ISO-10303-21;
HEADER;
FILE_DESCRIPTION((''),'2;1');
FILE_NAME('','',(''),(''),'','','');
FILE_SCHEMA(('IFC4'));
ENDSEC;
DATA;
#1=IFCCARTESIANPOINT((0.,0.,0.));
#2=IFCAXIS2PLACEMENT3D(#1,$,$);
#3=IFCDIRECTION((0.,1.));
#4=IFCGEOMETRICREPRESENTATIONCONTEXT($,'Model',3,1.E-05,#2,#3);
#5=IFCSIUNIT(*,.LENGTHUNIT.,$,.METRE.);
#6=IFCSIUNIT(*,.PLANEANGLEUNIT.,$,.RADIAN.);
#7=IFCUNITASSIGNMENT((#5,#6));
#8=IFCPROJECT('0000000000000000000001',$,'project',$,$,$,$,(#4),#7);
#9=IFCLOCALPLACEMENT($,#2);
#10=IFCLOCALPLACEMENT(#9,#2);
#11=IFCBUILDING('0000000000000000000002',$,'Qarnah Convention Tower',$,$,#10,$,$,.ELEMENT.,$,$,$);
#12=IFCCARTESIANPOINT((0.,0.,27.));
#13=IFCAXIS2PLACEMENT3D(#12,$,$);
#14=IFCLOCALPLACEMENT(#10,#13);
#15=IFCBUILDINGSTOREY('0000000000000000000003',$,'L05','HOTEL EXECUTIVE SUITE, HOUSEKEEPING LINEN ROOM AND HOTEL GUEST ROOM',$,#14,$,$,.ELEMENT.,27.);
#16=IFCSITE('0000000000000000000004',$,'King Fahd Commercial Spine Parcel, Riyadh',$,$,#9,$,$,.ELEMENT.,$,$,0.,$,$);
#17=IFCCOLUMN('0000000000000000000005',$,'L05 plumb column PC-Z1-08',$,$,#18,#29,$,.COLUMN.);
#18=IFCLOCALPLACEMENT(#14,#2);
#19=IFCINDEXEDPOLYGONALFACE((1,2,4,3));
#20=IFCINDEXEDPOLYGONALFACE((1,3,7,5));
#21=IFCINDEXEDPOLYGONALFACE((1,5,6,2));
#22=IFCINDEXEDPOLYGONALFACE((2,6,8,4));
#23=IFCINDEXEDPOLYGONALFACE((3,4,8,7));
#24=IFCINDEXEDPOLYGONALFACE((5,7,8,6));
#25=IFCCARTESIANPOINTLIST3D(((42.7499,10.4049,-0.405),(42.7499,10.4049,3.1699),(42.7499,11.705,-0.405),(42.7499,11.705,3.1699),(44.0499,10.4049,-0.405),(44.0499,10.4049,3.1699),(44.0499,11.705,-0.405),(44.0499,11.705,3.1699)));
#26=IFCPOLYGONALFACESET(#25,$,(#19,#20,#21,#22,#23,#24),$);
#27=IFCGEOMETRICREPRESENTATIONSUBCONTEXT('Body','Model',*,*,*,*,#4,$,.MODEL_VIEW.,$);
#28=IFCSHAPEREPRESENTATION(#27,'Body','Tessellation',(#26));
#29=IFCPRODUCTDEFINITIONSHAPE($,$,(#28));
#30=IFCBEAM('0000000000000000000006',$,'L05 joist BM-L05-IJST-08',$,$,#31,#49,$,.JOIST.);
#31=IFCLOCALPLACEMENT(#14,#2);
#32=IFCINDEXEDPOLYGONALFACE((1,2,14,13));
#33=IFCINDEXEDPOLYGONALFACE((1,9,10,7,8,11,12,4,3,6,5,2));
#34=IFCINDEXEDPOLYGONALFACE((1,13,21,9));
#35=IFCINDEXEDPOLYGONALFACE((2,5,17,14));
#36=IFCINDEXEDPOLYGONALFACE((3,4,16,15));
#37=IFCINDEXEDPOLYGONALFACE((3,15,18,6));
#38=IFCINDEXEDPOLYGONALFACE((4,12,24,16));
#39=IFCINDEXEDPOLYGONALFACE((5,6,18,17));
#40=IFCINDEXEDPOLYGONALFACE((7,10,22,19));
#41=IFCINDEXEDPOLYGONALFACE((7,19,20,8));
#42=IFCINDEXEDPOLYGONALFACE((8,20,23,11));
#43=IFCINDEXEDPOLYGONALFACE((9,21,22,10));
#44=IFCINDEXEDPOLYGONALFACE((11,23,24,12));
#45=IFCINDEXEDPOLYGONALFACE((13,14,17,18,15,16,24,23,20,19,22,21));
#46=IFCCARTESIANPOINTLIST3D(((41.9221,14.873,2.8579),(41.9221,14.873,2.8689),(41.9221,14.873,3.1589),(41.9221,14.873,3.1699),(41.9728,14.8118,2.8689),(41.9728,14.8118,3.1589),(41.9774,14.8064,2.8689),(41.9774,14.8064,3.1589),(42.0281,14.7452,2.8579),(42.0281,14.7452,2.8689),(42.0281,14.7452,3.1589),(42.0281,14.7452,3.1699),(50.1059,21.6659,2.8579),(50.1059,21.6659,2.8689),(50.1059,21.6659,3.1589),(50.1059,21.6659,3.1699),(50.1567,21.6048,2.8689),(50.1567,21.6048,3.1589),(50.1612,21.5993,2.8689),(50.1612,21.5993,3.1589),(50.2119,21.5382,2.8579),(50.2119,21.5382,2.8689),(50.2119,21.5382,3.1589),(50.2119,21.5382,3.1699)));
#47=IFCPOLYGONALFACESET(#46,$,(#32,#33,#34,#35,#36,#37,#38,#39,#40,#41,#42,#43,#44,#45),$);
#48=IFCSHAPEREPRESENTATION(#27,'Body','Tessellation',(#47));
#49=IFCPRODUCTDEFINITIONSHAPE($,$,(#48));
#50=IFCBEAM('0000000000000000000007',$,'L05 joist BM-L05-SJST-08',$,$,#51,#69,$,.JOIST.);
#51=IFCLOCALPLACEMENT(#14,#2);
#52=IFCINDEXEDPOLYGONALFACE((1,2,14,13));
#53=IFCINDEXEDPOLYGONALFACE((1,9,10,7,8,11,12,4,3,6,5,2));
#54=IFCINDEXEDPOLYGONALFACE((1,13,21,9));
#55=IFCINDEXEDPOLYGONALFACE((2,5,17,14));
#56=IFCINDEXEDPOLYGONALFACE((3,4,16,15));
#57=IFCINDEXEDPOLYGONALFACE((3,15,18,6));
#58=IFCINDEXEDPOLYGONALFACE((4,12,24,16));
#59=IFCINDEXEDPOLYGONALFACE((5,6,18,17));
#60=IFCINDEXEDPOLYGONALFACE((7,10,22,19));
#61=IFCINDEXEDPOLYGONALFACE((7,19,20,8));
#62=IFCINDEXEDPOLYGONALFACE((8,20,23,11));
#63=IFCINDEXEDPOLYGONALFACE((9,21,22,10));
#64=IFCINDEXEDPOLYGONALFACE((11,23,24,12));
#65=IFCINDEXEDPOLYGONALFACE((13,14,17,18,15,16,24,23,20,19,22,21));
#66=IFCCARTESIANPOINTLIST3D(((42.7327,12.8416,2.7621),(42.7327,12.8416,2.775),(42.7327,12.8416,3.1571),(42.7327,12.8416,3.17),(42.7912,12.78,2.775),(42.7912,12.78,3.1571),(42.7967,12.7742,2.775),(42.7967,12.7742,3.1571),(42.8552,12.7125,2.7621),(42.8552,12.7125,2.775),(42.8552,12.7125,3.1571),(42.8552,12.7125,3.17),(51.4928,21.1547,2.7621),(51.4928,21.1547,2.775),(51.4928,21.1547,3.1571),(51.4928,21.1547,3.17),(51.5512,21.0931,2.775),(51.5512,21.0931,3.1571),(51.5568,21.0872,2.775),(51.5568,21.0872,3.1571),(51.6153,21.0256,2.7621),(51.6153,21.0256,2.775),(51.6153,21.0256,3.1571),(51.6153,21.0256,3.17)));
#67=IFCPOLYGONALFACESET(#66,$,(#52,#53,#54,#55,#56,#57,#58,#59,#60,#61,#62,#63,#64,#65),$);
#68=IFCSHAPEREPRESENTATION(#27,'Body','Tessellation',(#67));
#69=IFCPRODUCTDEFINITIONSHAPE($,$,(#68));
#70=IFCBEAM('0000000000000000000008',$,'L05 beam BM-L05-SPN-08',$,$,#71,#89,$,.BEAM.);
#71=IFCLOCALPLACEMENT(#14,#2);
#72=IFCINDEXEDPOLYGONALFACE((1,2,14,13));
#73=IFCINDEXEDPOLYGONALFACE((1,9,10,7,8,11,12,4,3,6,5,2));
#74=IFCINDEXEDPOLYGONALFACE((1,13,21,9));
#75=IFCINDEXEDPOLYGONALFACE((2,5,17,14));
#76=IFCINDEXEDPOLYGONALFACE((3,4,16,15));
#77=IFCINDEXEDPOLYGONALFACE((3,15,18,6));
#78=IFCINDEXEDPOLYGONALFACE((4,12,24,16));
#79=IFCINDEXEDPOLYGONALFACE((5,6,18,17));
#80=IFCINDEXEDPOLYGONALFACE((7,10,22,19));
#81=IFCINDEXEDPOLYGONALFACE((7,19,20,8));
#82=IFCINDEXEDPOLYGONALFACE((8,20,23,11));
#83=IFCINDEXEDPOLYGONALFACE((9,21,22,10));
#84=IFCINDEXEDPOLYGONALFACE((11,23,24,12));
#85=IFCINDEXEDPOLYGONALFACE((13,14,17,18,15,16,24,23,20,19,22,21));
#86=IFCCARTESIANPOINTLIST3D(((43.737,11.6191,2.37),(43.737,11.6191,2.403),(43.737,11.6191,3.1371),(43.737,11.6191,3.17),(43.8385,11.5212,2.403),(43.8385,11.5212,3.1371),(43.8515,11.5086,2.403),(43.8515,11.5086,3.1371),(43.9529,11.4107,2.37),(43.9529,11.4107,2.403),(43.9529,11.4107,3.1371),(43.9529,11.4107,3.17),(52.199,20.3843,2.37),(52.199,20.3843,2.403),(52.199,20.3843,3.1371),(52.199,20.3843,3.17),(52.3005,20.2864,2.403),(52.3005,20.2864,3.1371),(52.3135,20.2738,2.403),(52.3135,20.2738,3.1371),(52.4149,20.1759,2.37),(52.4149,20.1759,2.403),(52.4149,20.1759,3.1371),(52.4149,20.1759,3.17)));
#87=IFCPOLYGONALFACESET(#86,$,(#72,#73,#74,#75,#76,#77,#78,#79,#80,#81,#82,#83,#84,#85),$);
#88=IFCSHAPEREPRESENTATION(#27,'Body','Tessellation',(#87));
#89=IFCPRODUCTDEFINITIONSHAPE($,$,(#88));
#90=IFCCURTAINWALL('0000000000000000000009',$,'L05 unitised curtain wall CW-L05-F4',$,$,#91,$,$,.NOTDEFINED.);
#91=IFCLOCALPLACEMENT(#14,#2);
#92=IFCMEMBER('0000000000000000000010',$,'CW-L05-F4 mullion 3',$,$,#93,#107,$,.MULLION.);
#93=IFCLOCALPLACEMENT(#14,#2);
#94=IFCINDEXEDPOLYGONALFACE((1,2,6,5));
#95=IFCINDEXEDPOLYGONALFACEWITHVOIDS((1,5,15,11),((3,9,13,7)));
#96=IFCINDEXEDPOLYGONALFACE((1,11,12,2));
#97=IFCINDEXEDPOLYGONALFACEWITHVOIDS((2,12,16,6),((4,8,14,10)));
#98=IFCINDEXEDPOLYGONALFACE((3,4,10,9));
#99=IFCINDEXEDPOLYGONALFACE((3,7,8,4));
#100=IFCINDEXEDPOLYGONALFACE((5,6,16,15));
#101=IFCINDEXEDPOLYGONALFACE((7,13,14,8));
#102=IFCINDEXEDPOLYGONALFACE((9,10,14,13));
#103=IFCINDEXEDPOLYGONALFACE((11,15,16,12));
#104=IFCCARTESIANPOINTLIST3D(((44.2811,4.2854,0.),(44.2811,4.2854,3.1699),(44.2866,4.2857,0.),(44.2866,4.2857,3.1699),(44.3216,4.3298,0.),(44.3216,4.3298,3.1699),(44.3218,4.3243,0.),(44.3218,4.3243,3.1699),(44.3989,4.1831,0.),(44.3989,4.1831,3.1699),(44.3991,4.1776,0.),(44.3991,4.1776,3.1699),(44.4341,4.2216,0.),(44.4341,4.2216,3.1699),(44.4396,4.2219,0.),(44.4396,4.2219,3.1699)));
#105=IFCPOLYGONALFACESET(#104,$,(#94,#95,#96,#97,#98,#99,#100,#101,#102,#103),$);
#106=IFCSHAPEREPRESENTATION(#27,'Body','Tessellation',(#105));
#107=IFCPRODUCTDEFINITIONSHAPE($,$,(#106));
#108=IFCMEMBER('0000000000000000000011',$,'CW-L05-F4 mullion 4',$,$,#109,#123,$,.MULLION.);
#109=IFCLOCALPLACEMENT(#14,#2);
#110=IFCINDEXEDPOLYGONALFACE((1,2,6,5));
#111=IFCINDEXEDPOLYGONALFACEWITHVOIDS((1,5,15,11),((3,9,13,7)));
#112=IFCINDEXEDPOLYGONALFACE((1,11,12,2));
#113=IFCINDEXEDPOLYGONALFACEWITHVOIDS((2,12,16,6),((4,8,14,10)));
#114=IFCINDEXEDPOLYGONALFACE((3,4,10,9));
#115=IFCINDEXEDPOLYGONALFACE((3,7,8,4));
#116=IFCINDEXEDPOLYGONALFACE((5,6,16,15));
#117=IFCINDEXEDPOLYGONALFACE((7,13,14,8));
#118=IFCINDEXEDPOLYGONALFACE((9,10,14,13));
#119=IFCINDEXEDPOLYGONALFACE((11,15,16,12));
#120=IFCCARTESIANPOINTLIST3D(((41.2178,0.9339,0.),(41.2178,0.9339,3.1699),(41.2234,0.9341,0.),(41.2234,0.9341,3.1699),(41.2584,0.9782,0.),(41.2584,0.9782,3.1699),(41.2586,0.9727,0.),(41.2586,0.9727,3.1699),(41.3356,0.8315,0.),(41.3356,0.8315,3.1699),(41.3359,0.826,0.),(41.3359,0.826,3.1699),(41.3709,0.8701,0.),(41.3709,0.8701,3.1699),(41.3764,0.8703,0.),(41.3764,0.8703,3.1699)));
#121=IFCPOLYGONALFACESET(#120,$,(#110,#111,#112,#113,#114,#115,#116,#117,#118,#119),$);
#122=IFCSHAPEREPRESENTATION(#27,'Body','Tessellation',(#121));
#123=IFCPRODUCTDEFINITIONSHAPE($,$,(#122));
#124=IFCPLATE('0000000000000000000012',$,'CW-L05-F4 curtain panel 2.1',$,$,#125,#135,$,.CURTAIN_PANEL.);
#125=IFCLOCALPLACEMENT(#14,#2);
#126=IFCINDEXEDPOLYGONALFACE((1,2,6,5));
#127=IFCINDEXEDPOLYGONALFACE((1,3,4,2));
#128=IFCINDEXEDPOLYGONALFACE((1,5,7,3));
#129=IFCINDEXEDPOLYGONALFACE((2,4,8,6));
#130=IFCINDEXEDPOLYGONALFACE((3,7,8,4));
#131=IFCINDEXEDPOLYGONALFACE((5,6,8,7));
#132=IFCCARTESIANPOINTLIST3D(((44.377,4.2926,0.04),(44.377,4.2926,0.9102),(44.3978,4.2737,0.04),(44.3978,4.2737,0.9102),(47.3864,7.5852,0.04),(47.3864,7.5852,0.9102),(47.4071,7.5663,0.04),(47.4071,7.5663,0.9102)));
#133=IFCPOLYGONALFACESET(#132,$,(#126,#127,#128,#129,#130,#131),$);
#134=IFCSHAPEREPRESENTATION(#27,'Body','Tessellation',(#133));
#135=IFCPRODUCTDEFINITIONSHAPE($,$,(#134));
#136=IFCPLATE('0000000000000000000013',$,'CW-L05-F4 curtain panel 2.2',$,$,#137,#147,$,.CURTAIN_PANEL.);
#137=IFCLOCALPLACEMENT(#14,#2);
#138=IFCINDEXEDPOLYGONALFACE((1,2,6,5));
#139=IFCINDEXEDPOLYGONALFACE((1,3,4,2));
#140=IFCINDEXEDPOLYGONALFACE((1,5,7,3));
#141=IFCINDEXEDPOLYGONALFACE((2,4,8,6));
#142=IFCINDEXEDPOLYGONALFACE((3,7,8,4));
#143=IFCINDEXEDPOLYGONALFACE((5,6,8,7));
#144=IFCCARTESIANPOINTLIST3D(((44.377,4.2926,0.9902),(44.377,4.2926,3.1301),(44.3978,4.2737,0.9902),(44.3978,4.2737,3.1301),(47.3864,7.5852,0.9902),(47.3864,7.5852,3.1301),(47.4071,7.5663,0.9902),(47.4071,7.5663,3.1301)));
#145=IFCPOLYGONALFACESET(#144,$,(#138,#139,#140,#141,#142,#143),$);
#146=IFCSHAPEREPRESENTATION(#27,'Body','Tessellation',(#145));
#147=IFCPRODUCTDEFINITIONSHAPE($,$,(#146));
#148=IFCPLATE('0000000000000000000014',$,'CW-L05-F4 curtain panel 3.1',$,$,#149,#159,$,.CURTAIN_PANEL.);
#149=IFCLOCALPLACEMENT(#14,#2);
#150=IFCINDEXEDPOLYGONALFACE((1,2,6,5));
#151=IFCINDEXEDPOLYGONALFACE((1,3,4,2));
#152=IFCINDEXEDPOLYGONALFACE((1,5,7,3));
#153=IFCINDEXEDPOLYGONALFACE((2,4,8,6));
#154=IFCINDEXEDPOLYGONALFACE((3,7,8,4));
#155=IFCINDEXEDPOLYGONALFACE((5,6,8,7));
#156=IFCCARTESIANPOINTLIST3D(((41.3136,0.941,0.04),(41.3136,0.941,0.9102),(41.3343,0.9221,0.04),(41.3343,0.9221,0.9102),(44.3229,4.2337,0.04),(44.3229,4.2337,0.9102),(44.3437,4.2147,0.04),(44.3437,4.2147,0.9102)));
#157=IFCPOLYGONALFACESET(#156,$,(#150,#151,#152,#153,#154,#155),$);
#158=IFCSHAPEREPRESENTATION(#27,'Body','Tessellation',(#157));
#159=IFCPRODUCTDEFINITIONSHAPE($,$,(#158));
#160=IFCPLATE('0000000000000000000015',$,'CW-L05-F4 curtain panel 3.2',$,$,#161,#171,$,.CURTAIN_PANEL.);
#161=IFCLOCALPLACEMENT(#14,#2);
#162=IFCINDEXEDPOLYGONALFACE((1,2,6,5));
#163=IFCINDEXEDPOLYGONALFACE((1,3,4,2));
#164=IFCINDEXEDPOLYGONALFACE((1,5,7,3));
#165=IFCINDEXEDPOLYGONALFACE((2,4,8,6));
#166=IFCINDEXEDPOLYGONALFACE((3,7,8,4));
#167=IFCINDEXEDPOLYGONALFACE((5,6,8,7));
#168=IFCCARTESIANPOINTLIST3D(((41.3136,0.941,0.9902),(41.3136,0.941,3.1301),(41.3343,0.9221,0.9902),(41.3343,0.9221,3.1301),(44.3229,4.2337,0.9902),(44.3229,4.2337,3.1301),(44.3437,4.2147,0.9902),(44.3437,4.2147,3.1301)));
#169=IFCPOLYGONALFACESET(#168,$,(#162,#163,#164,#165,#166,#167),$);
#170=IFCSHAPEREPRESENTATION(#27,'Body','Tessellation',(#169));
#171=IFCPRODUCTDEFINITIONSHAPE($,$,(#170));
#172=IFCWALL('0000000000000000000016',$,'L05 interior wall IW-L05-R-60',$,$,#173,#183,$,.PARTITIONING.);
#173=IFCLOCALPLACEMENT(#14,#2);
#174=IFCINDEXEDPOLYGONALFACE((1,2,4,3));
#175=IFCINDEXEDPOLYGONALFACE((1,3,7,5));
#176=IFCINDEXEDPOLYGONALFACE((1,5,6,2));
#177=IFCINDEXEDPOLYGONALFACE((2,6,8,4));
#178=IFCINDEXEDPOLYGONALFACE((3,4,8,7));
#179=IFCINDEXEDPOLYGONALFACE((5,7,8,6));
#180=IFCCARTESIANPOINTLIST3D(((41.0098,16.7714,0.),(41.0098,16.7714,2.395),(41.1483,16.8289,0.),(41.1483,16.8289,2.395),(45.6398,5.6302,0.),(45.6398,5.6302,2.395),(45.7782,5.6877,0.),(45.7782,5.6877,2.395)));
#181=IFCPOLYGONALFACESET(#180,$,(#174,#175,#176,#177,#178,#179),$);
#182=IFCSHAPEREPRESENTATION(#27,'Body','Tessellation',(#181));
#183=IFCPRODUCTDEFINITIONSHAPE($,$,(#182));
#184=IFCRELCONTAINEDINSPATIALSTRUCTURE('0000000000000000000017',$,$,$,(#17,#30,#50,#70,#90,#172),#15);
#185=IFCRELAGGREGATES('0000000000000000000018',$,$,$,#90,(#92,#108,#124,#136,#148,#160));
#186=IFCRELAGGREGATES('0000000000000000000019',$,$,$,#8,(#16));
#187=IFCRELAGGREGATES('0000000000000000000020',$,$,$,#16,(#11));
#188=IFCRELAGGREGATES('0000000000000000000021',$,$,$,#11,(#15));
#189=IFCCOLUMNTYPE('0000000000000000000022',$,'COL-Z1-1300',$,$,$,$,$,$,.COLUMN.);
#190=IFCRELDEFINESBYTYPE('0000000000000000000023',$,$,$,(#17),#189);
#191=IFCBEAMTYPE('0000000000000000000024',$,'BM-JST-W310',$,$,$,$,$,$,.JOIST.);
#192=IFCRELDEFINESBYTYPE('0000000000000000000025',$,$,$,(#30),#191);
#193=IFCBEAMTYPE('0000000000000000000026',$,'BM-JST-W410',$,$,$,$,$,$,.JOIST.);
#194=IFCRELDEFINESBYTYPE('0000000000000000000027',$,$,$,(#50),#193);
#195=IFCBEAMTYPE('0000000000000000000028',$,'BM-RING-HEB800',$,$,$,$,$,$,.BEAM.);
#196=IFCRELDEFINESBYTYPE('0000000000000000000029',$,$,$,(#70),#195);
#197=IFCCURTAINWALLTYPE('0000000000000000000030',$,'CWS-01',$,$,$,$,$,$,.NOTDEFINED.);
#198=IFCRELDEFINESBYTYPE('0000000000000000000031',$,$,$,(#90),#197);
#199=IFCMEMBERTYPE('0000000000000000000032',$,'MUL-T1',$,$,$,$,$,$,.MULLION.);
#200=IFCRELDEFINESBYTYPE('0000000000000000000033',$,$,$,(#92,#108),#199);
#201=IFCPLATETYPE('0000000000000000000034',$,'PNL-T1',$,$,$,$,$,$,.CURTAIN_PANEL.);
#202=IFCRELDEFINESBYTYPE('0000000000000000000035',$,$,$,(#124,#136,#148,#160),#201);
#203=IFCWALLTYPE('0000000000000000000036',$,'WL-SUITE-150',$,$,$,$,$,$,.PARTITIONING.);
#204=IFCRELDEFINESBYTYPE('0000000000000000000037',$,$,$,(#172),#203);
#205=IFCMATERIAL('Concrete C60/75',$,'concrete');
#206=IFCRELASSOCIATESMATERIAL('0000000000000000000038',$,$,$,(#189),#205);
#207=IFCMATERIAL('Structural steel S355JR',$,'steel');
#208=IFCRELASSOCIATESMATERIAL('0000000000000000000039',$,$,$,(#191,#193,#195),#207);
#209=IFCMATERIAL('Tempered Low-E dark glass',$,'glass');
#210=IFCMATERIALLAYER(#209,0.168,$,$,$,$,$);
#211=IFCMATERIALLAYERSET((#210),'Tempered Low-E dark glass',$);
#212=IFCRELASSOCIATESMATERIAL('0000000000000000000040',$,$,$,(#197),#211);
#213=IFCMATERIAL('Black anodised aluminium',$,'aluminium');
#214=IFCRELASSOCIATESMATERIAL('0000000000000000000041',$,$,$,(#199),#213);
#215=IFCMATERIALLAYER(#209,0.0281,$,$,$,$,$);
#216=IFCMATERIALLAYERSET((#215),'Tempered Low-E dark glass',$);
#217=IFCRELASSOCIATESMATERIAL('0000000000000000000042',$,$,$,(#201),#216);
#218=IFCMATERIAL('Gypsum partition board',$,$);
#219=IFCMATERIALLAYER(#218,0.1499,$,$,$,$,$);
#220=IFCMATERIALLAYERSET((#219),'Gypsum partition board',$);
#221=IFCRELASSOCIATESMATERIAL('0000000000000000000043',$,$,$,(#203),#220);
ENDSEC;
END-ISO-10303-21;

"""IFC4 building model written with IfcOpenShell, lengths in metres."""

from ifc_helpers import new_model, si_unit, direction, frame, frame_2d, origin, origin_2d, place, context, subcontext, project, spatial, rectangle, hollow_rectangle, i_section, extrude, material, layer, layer_set, material_profile, profile_set, type_object, element, aggregate, save


model = new_model("IFC4")

# Units and contexts
model_context = context("Model", 3, precision=1e-05, world=origin(), true_north=direction((0.0, 1.0)))
body_context = subcontext(model_context, "Body", "Model", "MODEL_VIEW")
ifc_project = project(units=[si_unit("LENGTHUNIT", "METRE"), si_unit("PLANEANGLEUNIT", "RADIAN")], contexts=[model_context])

# Site, building, storey
site_placement = place(None, origin())
site = spatial("IfcSite", under=ifc_project, at=site_placement, Name="King Fahd Commercial Spine Parcel, Riyadh", CompositionType="ELEMENT", RefElevation=0.0)
building_placement = place(site_placement, origin())
building = spatial("IfcBuilding", under=site, at=building_placement, Name="Qarnah Convention Tower", CompositionType="ELEMENT")
storey_placement = place(building_placement, frame((0.0, 0.0, 27.0)))
storey = spatial("IfcBuildingStorey", under=building, at=storey_placement, Name="L05", Description="HOTEL EXECUTIVE SUITE, HOUSEKEEPING LINEN ROOM AND HOTEL GUEST ROOM", CompositionType="ELEMENT", Elevation=27.0)

# Column
ifc_material_1 = material(Name="Concrete C60/75", Category="concrete")
ifc_material_profile_1 = material_profile(ifc_material_1, rectangle(XDim=1.3, YDim=1.3, at=origin_2d()), Name="RC-COL-1300X1300")
ifc_profile_set_1 = profile_set([ifc_material_profile_1], Name="Concrete C60/75")
column_type = type_object("IfcColumnType", Name="COL-Z1-1300", PredefinedType="COLUMN", material=ifc_profile_set_1)
column_placement = place(storey_placement, frame((43.3999, 11.0549, -0.405), z_axis=(0.0, 0.0, 1.0), x_axis=(1.0, 0.0, 0.0)))
element("IfcColumn", 1, at=column_placement, inside=storey, type_object=column_type, Name="L05 plumb column PC-Z1-08", PredefinedType="COLUMN", context=body_context, shape_type="SweptSolid", body=[
    extrude(rectangle(XDim=1.3, YDim=1.3, at=origin_2d()), origin(), (0.0, 0.0, 1.0), 3.575),
])

# Beams
ifc_material_2 = material(Name="Structural steel S355JR", Category="steel")
ifc_material_profile_2 = material_profile(ifc_material_2, i_section(OverallWidth=0.166, OverallDepth=0.312, WebThickness=0.0071, FlangeThickness=0.011, at=origin_2d()), Name="W310X45")
ifc_profile_set_2 = profile_set([ifc_material_profile_2], Name="Structural steel S355JR")
beam_type_1 = type_object("IfcBeamType", Name="BM-JST-W310", PredefinedType="JOIST", material=ifc_profile_set_2)
beam_1_placement = place(storey_placement, frame((41.9751, 14.8091, 3.0139), z_axis=(0.769464, 0.638691, 0.0), x_axis=(-0.638691, 0.769464, 0.0)))
element("IfcBeam", 2, at=beam_1_placement, inside=storey, type_object=beam_type_1, Name="L05 joist BM-L05-IJST-08", PredefinedType="JOIST", context=body_context, shape_type="SweptSolid", body=[
    extrude(i_section(OverallWidth=0.166, OverallDepth=0.312, WebThickness=0.0071, FlangeThickness=0.011, at=origin_2d()), origin(), (0.0, 0.0, 1.0), 10.6357),
])
ifc_material_profile_3 = material_profile(ifc_material_2, i_section(OverallWidth=0.178, OverallDepth=0.408, WebThickness=0.0081, FlangeThickness=0.0129, at=origin_2d()), Name="W410X60")
ifc_profile_set_3 = profile_set([ifc_material_profile_3], Name="Structural steel S355JR")
beam_type_2 = type_object("IfcBeamType", Name="BM-JST-W410", PredefinedType="JOIST", material=ifc_profile_set_3)
beam_2_placement = place(storey_placement, frame((42.7939, 12.7771, 2.9661), z_axis=(0.725372, 0.688357, 0.0), x_axis=(-0.688357, 0.725372, 0.0)))
element("IfcBeam", 3, at=beam_2_placement, inside=storey, type_object=beam_type_2, Name="L05 joist BM-L05-SJST-08", PredefinedType="JOIST", context=body_context, shape_type="SweptSolid", body=[
    extrude(i_section(OverallWidth=0.178, OverallDepth=0.408, WebThickness=0.0081, FlangeThickness=0.0129, at=origin_2d()), origin(), (0.0, 0.0, 1.0), 12.0767),
])
ifc_material_profile_4 = material_profile(ifc_material_2, i_section(OverallWidth=0.3, OverallDepth=0.8, WebThickness=0.0181, FlangeThickness=0.033, at=origin_2d()), Name="HEB800")
ifc_profile_set_4 = profile_set([ifc_material_profile_4], Name="Structural steel S355JR")
beam_type_3 = type_object("IfcBeamType", Name="BM-RING-HEB800", PredefinedType="BEAM", material=ifc_profile_set_4)
beam_3_placement = place(storey_placement, frame((43.845, 11.5149, 2.77), z_axis=(0.694553, 0.719442, 0.0), x_axis=(-0.719442, 0.694553, 0.0)))
element("IfcBeam", 4, at=beam_3_placement, inside=storey, type_object=beam_type_3, Name="L05 beam BM-L05-SPN-08", PredefinedType="BEAM", context=body_context, shape_type="SweptSolid", body=[
    extrude(i_section(OverallWidth=0.3, OverallDepth=0.8, WebThickness=0.0181, FlangeThickness=0.033, at=origin_2d()), origin(), (0.0, 0.0, 1.0), 12.1833),
])

# Curtain wall, members, plates
ifc_material_3 = material(Name="Tempered Low-E dark glass", Category="glass")
ifc_layer_1 = layer(ifc_material_3, 0.168)
ifc_layer_set_1 = layer_set([ifc_layer_1], Name="Tempered Low-E dark glass")
curtain_wall_type = type_object("IfcCurtainWallType", Name="CWS-01", PredefinedType="NOTDEFINED", material=ifc_layer_set_1)
curtain_wall_placement = place(storey_placement, origin())
curtain_wall = element("IfcCurtainWall", 5, at=curtain_wall_placement, inside=storey, type_object=curtain_wall_type, Name="L05 unitised curtain wall CW-L05-F4", PredefinedType="NOTDEFINED")
ifc_material_4 = material(Name="Black anodised aluminium", Category="aluminium")
ifc_material_profile_5 = material_profile(ifc_material_4, hollow_rectangle(XDim=0.0601, YDim=0.1599, WallThickness=0.0039, at=origin_2d()), Name="MUL-60X160")
ifc_profile_set_5 = profile_set([ifc_material_profile_5], Name="Black anodised aluminium")
member_type = type_object("IfcMemberType", Name="MUL-T1", PredefinedType="MULLION", material=ifc_profile_set_5)
member_1_placement = place(storey_placement, frame((44.3604, 4.2537, 0.0), z_axis=(0.0, 0.0, 1.0), x_axis=(-0.674644, -0.738144, 0.0)))
member_1 = element("IfcMember", 6, at=member_1_placement, type_object=member_type, Name="CW-L05-F4 mullion 3", PredefinedType="MULLION", context=body_context, shape_type="SweptSolid", body=[
    extrude(hollow_rectangle(XDim=0.0601, YDim=0.1599, WallThickness=0.0039, at=origin_2d()), origin(), (0.0, 0.0, 1.0), 3.1699),
])
member_2_placement = place(storey_placement, frame((41.2971, 0.9021, 0.0), z_axis=(0.0, 0.0, 1.0), x_axis=(-0.674644, -0.738144, 0.0)))
member_2 = element("IfcMember", 7, at=member_2_placement, type_object=member_type, Name="CW-L05-F4 mullion 4", PredefinedType="MULLION", context=body_context, shape_type="SweptSolid", body=[
    extrude(hollow_rectangle(XDim=0.0601, YDim=0.1599, WallThickness=0.0039, at=origin_2d()), origin(), (0.0, 0.0, 1.0), 3.1699),
])
ifc_layer_2 = layer(ifc_material_3, 0.0281)
ifc_layer_set_2 = layer_set([ifc_layer_2], Name="Tempered Low-E dark glass")
plate_type = type_object("IfcPlateType", Name="PNL-T1", PredefinedType="CURTAIN_PANEL", material=ifc_layer_set_2)
plate_1_placement = place(storey_placement, frame((45.8921, 5.9294, 0.04), z_axis=(0.0, 0.0, 1.0), x_axis=(-0.674644, -0.738144, 0.0)))
plate_1 = element("IfcPlate", 8, at=plate_1_placement, type_object=plate_type, Name="CW-L05-F4 curtain panel 2.1", PredefinedType="CURTAIN_PANEL", context=body_context, shape_type="SweptSolid", body=[
    extrude(rectangle(XDim=4.4607, YDim=0.0281, at=origin_2d()), origin(), (0.0, 0.0, 1.0), 0.8701),
])
plate_2_placement = place(storey_placement, frame((45.8921, 5.9294, 0.9902), z_axis=(0.0, 0.0, 1.0), x_axis=(-0.674644, -0.738144, 0.0)))
plate_2 = element("IfcPlate", 9, at=plate_2_placement, type_object=plate_type, Name="CW-L05-F4 curtain panel 2.2", PredefinedType="CURTAIN_PANEL", context=body_context, shape_type="SweptSolid", body=[
    extrude(rectangle(XDim=4.4607, YDim=0.0281, at=origin_2d()), origin(), (0.0, 0.0, 1.0), 2.1399),
])
plate_3_placement = place(storey_placement, frame((42.8286, 2.5779, 0.04), z_axis=(0.0, 0.0, 1.0), x_axis=(-0.674644, -0.738144, 0.0)))
plate_3 = element("IfcPlate", 10, at=plate_3_placement, type_object=plate_type, Name="CW-L05-F4 curtain panel 3.1", PredefinedType="CURTAIN_PANEL", context=body_context, shape_type="SweptSolid", body=[
    extrude(rectangle(XDim=4.4607, YDim=0.0281, at=origin_2d()), origin(), (0.0, 0.0, 1.0), 0.8701),
])
plate_4_placement = place(storey_placement, frame((42.8286, 2.5779, 0.9902), z_axis=(0.0, 0.0, 1.0), x_axis=(-0.674644, -0.738144, 0.0)))
plate_4 = element("IfcPlate", 11, at=plate_4_placement, type_object=plate_type, Name="CW-L05-F4 curtain panel 3.2", PredefinedType="CURTAIN_PANEL", context=body_context, shape_type="SweptSolid", body=[
    extrude(rectangle(XDim=4.4607, YDim=0.0281, at=origin_2d()), origin(), (0.0, 0.0, 1.0), 2.1399),
])
aggregate(curtain_wall, [member_1, member_2, plate_1, plate_2, plate_3, plate_4])

# Wall
ifc_material_5 = material(Name="Gypsum partition board")
ifc_layer_3 = layer(ifc_material_5, 0.1499)
ifc_layer_set_3 = layer_set([ifc_layer_3], Name="Gypsum partition board")
wall_type_1 = type_object("IfcWallType", Name="WL-SUITE-150", PredefinedType="PARTITIONING", material=ifc_layer_set_3)
wall_1_placement = place(storey_placement, frame((45.709, 5.6589, 0.0), z_axis=(0.0, 0.0, 1.0), x_axis=(-0.38375, 0.923437, 0.0)))
element("IfcWall", 12, at=wall_1_placement, inside=storey, type_object=wall_type_1, Name="L05 interior wall IW-L05-R-60", PredefinedType="PARTITIONING", context=body_context, shape_type="SweptSolid", body=[
    extrude(rectangle(XDim=12.0649, YDim=0.1499, at=frame_2d((6.0325, 0.0))), origin(), (0.0, 0.0, 1.0), 2.395),
])

save(model, "model.ifc")
